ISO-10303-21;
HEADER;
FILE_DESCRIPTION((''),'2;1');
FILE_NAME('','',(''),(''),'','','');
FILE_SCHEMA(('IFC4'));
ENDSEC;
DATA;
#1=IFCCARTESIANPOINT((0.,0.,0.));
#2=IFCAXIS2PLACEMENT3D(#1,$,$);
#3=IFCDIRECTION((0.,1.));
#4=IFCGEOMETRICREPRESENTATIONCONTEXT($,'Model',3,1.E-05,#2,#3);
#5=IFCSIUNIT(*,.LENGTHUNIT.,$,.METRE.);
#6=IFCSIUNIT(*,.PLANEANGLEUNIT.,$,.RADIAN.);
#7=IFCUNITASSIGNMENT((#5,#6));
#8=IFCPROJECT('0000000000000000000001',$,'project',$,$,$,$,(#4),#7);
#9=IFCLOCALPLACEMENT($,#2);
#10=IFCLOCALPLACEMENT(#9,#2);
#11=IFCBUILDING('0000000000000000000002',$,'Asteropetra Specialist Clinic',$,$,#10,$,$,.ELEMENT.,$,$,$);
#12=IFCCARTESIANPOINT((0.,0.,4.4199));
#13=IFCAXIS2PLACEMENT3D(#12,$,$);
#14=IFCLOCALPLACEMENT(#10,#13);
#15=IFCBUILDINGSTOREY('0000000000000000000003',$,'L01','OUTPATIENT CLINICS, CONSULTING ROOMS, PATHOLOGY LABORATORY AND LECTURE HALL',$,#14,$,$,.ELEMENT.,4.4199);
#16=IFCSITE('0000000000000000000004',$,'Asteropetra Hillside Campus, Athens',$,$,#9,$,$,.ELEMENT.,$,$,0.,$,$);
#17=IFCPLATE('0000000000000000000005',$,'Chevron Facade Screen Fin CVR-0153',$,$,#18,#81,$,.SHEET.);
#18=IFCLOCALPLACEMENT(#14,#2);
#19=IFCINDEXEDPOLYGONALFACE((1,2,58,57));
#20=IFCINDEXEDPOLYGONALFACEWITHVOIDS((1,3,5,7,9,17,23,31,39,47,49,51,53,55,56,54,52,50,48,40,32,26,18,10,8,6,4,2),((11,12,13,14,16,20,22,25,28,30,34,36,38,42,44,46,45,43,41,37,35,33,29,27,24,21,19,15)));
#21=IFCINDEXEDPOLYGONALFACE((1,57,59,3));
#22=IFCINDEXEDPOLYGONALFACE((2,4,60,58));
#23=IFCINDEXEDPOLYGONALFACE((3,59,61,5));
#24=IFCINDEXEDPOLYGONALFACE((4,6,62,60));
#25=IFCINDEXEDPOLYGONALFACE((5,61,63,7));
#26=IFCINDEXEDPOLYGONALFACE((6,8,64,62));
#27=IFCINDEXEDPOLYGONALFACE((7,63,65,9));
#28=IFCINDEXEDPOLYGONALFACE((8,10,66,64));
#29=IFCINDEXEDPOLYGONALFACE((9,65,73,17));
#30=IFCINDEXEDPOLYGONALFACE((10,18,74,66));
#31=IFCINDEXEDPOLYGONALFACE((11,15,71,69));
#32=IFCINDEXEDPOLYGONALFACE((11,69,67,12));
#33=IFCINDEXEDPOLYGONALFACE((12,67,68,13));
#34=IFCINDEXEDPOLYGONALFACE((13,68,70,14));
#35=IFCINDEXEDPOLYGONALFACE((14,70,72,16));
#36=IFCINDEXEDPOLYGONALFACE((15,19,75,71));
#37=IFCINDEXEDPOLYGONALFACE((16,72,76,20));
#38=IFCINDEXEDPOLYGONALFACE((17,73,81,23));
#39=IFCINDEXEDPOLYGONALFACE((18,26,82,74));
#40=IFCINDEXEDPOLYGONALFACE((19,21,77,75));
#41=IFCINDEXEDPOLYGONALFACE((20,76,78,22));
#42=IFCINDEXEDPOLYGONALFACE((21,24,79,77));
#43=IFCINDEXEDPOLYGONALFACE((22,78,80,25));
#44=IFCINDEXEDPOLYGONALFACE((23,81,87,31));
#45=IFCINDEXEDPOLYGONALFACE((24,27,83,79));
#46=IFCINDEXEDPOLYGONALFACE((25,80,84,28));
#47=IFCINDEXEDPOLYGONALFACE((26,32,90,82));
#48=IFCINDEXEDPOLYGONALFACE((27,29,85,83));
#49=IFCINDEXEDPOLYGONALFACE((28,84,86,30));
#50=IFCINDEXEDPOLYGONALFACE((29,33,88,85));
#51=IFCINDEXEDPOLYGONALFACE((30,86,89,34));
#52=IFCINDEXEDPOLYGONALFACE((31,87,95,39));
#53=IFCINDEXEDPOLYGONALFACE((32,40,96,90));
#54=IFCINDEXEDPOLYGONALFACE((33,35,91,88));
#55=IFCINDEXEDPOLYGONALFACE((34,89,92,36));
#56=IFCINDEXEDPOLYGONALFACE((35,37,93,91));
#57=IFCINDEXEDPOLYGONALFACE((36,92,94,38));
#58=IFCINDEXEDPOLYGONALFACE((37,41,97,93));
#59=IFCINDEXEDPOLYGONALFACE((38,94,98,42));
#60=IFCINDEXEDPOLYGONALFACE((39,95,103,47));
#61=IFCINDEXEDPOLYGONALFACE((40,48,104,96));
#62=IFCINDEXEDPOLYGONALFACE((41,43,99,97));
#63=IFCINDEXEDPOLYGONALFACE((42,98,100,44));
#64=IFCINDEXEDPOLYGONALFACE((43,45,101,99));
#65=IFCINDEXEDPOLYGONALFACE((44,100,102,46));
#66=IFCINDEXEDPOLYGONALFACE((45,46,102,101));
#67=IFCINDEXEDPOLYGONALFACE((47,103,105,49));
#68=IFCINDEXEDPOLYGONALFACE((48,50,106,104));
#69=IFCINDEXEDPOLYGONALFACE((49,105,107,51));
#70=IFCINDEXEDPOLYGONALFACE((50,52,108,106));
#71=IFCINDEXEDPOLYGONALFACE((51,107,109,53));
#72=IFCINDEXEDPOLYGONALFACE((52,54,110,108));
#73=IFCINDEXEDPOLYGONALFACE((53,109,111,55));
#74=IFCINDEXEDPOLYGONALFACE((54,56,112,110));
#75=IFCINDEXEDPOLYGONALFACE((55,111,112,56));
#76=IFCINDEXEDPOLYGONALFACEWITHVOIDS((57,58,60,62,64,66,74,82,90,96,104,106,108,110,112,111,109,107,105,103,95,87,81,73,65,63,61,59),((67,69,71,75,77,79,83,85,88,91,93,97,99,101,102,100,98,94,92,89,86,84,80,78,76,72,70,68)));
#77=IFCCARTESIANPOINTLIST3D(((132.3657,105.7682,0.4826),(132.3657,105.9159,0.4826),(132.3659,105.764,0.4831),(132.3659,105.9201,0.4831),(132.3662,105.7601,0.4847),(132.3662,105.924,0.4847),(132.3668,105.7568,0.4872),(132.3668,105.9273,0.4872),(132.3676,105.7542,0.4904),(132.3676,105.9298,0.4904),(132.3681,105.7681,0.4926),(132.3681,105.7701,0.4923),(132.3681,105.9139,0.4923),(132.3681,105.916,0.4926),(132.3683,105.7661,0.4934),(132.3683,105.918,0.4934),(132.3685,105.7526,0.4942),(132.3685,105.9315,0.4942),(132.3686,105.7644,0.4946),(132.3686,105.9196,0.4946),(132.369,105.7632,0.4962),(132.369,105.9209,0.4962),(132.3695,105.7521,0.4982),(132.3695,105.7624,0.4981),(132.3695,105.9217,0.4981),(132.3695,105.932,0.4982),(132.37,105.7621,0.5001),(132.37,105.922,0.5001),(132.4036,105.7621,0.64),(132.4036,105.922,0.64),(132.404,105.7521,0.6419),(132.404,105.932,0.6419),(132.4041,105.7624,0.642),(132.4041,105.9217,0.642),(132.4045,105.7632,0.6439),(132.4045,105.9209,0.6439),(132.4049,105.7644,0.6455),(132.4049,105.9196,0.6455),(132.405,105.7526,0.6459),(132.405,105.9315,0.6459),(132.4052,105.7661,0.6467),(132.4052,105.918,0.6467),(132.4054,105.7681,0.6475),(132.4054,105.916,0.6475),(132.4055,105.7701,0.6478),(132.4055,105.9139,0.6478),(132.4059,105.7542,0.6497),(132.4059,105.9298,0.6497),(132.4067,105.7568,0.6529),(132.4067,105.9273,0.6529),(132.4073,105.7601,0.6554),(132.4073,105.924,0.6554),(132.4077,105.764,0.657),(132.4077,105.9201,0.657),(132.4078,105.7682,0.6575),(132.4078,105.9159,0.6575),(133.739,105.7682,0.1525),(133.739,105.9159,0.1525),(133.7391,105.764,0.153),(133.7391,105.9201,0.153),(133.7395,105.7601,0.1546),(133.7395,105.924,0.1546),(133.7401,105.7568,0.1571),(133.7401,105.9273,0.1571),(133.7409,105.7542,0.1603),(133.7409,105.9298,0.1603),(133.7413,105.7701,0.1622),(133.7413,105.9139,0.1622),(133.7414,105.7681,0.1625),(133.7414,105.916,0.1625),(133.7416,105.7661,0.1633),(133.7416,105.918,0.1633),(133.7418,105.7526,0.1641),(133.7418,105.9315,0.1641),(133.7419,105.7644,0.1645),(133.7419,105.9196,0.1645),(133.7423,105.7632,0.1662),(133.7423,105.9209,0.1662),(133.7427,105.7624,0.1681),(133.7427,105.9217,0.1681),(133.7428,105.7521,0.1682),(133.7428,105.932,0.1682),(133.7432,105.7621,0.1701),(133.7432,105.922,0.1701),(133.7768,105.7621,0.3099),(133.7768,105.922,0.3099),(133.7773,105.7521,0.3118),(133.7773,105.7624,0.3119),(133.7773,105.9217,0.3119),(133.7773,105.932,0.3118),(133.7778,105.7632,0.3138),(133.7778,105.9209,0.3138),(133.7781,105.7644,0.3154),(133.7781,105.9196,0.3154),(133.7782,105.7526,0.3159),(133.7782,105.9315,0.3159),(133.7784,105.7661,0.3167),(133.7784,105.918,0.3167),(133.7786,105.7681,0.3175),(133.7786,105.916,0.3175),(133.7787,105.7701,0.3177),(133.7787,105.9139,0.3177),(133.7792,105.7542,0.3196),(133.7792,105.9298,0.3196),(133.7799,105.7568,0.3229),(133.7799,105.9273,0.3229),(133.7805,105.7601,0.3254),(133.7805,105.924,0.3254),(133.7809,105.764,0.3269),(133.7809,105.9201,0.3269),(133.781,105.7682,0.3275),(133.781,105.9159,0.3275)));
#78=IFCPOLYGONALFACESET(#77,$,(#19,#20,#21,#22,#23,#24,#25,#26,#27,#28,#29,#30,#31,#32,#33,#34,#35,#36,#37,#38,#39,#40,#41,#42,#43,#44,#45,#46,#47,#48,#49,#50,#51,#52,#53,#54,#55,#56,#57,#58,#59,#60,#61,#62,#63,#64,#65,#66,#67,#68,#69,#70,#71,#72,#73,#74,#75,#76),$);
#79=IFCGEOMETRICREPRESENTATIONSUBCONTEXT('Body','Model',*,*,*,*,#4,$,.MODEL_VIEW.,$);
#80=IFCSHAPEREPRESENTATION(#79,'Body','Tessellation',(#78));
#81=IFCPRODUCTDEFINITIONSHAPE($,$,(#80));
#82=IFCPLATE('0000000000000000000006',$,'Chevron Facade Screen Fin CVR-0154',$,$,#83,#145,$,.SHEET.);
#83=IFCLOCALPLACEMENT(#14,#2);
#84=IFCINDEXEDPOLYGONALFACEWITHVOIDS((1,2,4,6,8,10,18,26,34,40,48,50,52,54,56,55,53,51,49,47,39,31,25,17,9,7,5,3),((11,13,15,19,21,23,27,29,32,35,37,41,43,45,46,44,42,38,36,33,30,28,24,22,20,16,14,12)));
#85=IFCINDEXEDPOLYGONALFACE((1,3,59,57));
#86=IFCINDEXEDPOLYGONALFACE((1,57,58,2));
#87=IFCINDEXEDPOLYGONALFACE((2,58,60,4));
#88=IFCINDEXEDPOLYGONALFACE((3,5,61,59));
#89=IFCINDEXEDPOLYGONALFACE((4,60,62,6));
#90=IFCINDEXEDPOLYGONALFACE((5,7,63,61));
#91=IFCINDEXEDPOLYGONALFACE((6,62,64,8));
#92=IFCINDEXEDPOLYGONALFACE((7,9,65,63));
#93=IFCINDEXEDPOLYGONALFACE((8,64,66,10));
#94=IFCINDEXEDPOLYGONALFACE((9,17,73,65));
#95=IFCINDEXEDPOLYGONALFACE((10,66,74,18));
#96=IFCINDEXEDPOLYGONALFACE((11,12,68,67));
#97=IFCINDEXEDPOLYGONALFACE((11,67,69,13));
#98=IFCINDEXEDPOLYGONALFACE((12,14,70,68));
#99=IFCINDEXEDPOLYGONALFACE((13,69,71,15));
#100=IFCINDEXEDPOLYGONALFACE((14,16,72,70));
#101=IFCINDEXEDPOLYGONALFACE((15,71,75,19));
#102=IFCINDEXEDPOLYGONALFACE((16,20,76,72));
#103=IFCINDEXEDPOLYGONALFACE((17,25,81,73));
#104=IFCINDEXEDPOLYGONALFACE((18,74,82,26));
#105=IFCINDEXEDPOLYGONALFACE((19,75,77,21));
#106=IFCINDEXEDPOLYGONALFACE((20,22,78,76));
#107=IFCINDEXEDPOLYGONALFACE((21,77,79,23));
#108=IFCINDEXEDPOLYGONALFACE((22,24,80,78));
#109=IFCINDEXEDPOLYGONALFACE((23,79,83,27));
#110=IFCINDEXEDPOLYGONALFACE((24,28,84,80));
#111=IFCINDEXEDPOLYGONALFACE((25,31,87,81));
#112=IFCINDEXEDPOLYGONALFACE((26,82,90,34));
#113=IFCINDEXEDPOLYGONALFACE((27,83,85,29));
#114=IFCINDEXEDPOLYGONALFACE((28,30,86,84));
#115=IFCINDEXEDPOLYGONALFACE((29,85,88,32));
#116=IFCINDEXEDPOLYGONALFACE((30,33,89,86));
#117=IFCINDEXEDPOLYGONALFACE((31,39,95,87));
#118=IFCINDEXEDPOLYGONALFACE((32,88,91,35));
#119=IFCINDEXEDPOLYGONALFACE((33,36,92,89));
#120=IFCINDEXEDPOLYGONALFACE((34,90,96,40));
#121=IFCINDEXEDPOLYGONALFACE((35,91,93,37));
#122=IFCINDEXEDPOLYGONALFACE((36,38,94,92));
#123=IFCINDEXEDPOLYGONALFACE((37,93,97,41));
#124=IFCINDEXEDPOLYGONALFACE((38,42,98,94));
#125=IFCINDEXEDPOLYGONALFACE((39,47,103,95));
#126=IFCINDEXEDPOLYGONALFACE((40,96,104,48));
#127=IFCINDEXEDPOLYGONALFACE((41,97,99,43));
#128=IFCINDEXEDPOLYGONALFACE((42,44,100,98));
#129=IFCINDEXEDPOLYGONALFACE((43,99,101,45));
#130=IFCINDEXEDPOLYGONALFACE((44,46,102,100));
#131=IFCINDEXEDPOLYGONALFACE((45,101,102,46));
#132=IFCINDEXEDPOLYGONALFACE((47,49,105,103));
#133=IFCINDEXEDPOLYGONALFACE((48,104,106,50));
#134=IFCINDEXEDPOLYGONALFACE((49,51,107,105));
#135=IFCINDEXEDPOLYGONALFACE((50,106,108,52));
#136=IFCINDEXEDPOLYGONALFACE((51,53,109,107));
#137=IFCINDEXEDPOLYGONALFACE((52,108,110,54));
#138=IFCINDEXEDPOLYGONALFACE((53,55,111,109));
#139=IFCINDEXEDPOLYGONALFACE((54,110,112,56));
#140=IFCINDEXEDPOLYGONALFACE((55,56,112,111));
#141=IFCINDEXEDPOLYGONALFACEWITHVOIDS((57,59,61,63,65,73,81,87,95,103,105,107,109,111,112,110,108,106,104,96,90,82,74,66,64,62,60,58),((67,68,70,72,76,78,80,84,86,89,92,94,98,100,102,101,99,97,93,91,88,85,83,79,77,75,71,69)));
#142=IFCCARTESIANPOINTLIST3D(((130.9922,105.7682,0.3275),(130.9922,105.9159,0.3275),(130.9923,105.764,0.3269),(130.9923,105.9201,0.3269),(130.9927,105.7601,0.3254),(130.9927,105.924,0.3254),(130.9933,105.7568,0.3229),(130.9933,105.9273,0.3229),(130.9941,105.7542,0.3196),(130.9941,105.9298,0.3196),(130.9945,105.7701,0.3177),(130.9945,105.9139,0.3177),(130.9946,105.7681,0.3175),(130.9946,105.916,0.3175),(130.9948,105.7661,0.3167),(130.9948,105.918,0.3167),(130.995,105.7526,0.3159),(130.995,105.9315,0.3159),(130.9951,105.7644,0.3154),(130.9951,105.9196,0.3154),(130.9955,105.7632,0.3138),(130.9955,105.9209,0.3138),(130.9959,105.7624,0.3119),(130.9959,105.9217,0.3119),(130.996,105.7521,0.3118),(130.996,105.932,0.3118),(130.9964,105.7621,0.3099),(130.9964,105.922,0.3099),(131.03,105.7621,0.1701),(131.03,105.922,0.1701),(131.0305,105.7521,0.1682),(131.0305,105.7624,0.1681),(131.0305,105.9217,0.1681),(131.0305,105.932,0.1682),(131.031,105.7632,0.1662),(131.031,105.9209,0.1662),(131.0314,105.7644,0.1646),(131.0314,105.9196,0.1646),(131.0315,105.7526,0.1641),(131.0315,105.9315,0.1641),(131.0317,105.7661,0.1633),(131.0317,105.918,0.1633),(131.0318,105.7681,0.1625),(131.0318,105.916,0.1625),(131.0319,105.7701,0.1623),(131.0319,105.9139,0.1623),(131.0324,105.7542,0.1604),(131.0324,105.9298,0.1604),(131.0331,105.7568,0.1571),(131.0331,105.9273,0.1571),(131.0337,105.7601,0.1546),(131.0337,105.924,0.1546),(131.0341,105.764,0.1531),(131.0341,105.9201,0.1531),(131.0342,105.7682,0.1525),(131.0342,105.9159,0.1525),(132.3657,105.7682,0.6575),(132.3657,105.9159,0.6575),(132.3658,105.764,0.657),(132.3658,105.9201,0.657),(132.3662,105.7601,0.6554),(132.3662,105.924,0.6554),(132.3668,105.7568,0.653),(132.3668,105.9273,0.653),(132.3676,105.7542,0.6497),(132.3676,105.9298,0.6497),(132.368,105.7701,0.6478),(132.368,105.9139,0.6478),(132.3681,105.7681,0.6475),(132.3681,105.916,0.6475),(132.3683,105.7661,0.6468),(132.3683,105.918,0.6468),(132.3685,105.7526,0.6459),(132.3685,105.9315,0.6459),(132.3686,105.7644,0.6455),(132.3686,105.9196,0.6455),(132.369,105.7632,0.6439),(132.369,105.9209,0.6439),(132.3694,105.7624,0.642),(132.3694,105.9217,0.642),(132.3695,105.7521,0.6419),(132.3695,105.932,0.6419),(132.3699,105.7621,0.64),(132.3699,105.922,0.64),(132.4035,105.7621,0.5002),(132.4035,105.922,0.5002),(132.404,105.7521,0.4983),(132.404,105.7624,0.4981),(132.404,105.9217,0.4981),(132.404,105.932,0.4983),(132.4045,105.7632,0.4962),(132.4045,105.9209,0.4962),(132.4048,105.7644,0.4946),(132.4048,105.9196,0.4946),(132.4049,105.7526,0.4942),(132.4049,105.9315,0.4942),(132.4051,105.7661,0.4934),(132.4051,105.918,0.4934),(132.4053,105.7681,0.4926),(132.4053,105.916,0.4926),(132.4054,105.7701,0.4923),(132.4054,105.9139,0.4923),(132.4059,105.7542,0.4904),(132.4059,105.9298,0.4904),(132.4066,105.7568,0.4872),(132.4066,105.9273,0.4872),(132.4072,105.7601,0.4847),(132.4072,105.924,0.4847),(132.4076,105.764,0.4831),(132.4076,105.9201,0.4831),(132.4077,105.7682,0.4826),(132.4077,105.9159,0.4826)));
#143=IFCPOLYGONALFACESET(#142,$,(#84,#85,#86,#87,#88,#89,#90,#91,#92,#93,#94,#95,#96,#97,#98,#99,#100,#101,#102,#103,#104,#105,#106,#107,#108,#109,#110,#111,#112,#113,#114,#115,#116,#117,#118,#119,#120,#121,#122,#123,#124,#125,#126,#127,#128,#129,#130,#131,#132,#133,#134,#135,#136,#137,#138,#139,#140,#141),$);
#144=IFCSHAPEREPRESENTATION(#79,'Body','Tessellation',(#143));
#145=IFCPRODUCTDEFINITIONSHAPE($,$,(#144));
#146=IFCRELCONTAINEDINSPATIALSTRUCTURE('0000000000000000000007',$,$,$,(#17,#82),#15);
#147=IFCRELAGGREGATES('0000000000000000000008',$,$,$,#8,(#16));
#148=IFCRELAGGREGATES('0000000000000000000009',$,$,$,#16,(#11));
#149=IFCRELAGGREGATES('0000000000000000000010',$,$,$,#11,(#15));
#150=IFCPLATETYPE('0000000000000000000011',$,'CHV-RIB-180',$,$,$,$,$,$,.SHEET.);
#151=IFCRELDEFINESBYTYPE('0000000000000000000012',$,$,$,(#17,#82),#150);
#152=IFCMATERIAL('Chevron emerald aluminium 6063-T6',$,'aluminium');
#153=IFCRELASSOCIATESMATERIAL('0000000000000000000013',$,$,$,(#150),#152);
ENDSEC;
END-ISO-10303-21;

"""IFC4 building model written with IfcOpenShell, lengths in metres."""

from ifc_helpers import new_model, si_unit, direction, frame, origin, origin_2d, place, context, subcontext, project, spatial, hollow_rectangle, extrude, material, material_profile, profile_set, type_object, element, save


model = new_model("IFC4")

# Units and contexts
model_context = context("Model", 3, precision=1e-05, world=origin(), true_north=direction((0.0, 1.0)))
body_context = subcontext(model_context, "Body", "Model", "MODEL_VIEW")
ifc_project = project(units=[si_unit("LENGTHUNIT", "METRE"), si_unit("PLANEANGLEUNIT", "RADIAN")], contexts=[model_context])

# Site, building, storey
site_placement = place(None, origin())
site = spatial("IfcSite", under=ifc_project, at=site_placement, Name="Asteropetra Hillside Campus, Athens", CompositionType="ELEMENT", RefElevation=0.0)
building_placement = place(site_placement, origin())
building = spatial("IfcBuilding", under=site, at=building_placement, Name="Asteropetra Specialist Clinic", CompositionType="ELEMENT")
storey_placement = place(building_placement, frame((0.0, 0.0, 4.4199)))
storey = spatial("IfcBuildingStorey", under=building, at=storey_placement, Name="L01", Description="OUTPATIENT CLINICS, CONSULTING ROOMS, PATHOLOGY LABORATORY AND LECTURE HALL", CompositionType="ELEMENT", Elevation=4.4199)

# Plates
ifc_material_1 = material(Name="Chevron emerald aluminium 6063-T6", Category="aluminium")
ifc_material_profile_1 = material_profile(ifc_material_1, hollow_rectangle(XDim=0.1799, YDim=0.1799, WallThickness=0.01, InnerFilletRadius=0.0081, OuterFilletRadius=0.0161, at=origin_2d()), Name="SHS 180x180x10.0")
ifc_profile_set_1 = profile_set([ifc_material_profile_1], Name="Chevron emerald aluminium 6063-T6")
plate_type = type_object("IfcPlateType", Name="CHV-RIB-180", PredefinedType="SHEET", material=ifc_profile_set_1)
plate_1_placement = place(storey_placement, frame((133.76, 105.842, 0.24), z_axis=(-0.972309, 0.0, 0.2337), x_axis=(0.0, -1.0, 0.0)))
element("IfcPlate", 1, at=plate_1_placement, inside=storey, type_object=plate_type, Name="Chevron Facade Screen Fin CVR-0153", PredefinedType="SHEET", context=body_context, shape_type="SweptSolid", body=[
    extrude(hollow_rectangle(XDim=0.1799, YDim=0.1799, WallThickness=0.01, InnerFilletRadius=0.0081, OuterFilletRadius=0.0161, at=origin_2d()), origin(), (0.0, 0.0, 1.0), 1.4124),
])
plate_2_placement = place(storey_placement, frame((132.3867, 105.842, 0.5701), z_axis=(-0.972318, 0.0, -0.233661), x_axis=(0.0, -1.0, 0.0)))
element("IfcPlate", 2, at=plate_2_placement, inside=storey, type_object=plate_type, Name="Chevron Facade Screen Fin CVR-0154", PredefinedType="SHEET", context=body_context, shape_type="SweptSolid", body=[
    extrude(hollow_rectangle(XDim=0.1799, YDim=0.1799, WallThickness=0.01, InnerFilletRadius=0.0081, OuterFilletRadius=0.0161, at=origin_2d()), origin(), (0.0, 0.0, 1.0), 1.4126),
])

save(model, "model.ifc")
